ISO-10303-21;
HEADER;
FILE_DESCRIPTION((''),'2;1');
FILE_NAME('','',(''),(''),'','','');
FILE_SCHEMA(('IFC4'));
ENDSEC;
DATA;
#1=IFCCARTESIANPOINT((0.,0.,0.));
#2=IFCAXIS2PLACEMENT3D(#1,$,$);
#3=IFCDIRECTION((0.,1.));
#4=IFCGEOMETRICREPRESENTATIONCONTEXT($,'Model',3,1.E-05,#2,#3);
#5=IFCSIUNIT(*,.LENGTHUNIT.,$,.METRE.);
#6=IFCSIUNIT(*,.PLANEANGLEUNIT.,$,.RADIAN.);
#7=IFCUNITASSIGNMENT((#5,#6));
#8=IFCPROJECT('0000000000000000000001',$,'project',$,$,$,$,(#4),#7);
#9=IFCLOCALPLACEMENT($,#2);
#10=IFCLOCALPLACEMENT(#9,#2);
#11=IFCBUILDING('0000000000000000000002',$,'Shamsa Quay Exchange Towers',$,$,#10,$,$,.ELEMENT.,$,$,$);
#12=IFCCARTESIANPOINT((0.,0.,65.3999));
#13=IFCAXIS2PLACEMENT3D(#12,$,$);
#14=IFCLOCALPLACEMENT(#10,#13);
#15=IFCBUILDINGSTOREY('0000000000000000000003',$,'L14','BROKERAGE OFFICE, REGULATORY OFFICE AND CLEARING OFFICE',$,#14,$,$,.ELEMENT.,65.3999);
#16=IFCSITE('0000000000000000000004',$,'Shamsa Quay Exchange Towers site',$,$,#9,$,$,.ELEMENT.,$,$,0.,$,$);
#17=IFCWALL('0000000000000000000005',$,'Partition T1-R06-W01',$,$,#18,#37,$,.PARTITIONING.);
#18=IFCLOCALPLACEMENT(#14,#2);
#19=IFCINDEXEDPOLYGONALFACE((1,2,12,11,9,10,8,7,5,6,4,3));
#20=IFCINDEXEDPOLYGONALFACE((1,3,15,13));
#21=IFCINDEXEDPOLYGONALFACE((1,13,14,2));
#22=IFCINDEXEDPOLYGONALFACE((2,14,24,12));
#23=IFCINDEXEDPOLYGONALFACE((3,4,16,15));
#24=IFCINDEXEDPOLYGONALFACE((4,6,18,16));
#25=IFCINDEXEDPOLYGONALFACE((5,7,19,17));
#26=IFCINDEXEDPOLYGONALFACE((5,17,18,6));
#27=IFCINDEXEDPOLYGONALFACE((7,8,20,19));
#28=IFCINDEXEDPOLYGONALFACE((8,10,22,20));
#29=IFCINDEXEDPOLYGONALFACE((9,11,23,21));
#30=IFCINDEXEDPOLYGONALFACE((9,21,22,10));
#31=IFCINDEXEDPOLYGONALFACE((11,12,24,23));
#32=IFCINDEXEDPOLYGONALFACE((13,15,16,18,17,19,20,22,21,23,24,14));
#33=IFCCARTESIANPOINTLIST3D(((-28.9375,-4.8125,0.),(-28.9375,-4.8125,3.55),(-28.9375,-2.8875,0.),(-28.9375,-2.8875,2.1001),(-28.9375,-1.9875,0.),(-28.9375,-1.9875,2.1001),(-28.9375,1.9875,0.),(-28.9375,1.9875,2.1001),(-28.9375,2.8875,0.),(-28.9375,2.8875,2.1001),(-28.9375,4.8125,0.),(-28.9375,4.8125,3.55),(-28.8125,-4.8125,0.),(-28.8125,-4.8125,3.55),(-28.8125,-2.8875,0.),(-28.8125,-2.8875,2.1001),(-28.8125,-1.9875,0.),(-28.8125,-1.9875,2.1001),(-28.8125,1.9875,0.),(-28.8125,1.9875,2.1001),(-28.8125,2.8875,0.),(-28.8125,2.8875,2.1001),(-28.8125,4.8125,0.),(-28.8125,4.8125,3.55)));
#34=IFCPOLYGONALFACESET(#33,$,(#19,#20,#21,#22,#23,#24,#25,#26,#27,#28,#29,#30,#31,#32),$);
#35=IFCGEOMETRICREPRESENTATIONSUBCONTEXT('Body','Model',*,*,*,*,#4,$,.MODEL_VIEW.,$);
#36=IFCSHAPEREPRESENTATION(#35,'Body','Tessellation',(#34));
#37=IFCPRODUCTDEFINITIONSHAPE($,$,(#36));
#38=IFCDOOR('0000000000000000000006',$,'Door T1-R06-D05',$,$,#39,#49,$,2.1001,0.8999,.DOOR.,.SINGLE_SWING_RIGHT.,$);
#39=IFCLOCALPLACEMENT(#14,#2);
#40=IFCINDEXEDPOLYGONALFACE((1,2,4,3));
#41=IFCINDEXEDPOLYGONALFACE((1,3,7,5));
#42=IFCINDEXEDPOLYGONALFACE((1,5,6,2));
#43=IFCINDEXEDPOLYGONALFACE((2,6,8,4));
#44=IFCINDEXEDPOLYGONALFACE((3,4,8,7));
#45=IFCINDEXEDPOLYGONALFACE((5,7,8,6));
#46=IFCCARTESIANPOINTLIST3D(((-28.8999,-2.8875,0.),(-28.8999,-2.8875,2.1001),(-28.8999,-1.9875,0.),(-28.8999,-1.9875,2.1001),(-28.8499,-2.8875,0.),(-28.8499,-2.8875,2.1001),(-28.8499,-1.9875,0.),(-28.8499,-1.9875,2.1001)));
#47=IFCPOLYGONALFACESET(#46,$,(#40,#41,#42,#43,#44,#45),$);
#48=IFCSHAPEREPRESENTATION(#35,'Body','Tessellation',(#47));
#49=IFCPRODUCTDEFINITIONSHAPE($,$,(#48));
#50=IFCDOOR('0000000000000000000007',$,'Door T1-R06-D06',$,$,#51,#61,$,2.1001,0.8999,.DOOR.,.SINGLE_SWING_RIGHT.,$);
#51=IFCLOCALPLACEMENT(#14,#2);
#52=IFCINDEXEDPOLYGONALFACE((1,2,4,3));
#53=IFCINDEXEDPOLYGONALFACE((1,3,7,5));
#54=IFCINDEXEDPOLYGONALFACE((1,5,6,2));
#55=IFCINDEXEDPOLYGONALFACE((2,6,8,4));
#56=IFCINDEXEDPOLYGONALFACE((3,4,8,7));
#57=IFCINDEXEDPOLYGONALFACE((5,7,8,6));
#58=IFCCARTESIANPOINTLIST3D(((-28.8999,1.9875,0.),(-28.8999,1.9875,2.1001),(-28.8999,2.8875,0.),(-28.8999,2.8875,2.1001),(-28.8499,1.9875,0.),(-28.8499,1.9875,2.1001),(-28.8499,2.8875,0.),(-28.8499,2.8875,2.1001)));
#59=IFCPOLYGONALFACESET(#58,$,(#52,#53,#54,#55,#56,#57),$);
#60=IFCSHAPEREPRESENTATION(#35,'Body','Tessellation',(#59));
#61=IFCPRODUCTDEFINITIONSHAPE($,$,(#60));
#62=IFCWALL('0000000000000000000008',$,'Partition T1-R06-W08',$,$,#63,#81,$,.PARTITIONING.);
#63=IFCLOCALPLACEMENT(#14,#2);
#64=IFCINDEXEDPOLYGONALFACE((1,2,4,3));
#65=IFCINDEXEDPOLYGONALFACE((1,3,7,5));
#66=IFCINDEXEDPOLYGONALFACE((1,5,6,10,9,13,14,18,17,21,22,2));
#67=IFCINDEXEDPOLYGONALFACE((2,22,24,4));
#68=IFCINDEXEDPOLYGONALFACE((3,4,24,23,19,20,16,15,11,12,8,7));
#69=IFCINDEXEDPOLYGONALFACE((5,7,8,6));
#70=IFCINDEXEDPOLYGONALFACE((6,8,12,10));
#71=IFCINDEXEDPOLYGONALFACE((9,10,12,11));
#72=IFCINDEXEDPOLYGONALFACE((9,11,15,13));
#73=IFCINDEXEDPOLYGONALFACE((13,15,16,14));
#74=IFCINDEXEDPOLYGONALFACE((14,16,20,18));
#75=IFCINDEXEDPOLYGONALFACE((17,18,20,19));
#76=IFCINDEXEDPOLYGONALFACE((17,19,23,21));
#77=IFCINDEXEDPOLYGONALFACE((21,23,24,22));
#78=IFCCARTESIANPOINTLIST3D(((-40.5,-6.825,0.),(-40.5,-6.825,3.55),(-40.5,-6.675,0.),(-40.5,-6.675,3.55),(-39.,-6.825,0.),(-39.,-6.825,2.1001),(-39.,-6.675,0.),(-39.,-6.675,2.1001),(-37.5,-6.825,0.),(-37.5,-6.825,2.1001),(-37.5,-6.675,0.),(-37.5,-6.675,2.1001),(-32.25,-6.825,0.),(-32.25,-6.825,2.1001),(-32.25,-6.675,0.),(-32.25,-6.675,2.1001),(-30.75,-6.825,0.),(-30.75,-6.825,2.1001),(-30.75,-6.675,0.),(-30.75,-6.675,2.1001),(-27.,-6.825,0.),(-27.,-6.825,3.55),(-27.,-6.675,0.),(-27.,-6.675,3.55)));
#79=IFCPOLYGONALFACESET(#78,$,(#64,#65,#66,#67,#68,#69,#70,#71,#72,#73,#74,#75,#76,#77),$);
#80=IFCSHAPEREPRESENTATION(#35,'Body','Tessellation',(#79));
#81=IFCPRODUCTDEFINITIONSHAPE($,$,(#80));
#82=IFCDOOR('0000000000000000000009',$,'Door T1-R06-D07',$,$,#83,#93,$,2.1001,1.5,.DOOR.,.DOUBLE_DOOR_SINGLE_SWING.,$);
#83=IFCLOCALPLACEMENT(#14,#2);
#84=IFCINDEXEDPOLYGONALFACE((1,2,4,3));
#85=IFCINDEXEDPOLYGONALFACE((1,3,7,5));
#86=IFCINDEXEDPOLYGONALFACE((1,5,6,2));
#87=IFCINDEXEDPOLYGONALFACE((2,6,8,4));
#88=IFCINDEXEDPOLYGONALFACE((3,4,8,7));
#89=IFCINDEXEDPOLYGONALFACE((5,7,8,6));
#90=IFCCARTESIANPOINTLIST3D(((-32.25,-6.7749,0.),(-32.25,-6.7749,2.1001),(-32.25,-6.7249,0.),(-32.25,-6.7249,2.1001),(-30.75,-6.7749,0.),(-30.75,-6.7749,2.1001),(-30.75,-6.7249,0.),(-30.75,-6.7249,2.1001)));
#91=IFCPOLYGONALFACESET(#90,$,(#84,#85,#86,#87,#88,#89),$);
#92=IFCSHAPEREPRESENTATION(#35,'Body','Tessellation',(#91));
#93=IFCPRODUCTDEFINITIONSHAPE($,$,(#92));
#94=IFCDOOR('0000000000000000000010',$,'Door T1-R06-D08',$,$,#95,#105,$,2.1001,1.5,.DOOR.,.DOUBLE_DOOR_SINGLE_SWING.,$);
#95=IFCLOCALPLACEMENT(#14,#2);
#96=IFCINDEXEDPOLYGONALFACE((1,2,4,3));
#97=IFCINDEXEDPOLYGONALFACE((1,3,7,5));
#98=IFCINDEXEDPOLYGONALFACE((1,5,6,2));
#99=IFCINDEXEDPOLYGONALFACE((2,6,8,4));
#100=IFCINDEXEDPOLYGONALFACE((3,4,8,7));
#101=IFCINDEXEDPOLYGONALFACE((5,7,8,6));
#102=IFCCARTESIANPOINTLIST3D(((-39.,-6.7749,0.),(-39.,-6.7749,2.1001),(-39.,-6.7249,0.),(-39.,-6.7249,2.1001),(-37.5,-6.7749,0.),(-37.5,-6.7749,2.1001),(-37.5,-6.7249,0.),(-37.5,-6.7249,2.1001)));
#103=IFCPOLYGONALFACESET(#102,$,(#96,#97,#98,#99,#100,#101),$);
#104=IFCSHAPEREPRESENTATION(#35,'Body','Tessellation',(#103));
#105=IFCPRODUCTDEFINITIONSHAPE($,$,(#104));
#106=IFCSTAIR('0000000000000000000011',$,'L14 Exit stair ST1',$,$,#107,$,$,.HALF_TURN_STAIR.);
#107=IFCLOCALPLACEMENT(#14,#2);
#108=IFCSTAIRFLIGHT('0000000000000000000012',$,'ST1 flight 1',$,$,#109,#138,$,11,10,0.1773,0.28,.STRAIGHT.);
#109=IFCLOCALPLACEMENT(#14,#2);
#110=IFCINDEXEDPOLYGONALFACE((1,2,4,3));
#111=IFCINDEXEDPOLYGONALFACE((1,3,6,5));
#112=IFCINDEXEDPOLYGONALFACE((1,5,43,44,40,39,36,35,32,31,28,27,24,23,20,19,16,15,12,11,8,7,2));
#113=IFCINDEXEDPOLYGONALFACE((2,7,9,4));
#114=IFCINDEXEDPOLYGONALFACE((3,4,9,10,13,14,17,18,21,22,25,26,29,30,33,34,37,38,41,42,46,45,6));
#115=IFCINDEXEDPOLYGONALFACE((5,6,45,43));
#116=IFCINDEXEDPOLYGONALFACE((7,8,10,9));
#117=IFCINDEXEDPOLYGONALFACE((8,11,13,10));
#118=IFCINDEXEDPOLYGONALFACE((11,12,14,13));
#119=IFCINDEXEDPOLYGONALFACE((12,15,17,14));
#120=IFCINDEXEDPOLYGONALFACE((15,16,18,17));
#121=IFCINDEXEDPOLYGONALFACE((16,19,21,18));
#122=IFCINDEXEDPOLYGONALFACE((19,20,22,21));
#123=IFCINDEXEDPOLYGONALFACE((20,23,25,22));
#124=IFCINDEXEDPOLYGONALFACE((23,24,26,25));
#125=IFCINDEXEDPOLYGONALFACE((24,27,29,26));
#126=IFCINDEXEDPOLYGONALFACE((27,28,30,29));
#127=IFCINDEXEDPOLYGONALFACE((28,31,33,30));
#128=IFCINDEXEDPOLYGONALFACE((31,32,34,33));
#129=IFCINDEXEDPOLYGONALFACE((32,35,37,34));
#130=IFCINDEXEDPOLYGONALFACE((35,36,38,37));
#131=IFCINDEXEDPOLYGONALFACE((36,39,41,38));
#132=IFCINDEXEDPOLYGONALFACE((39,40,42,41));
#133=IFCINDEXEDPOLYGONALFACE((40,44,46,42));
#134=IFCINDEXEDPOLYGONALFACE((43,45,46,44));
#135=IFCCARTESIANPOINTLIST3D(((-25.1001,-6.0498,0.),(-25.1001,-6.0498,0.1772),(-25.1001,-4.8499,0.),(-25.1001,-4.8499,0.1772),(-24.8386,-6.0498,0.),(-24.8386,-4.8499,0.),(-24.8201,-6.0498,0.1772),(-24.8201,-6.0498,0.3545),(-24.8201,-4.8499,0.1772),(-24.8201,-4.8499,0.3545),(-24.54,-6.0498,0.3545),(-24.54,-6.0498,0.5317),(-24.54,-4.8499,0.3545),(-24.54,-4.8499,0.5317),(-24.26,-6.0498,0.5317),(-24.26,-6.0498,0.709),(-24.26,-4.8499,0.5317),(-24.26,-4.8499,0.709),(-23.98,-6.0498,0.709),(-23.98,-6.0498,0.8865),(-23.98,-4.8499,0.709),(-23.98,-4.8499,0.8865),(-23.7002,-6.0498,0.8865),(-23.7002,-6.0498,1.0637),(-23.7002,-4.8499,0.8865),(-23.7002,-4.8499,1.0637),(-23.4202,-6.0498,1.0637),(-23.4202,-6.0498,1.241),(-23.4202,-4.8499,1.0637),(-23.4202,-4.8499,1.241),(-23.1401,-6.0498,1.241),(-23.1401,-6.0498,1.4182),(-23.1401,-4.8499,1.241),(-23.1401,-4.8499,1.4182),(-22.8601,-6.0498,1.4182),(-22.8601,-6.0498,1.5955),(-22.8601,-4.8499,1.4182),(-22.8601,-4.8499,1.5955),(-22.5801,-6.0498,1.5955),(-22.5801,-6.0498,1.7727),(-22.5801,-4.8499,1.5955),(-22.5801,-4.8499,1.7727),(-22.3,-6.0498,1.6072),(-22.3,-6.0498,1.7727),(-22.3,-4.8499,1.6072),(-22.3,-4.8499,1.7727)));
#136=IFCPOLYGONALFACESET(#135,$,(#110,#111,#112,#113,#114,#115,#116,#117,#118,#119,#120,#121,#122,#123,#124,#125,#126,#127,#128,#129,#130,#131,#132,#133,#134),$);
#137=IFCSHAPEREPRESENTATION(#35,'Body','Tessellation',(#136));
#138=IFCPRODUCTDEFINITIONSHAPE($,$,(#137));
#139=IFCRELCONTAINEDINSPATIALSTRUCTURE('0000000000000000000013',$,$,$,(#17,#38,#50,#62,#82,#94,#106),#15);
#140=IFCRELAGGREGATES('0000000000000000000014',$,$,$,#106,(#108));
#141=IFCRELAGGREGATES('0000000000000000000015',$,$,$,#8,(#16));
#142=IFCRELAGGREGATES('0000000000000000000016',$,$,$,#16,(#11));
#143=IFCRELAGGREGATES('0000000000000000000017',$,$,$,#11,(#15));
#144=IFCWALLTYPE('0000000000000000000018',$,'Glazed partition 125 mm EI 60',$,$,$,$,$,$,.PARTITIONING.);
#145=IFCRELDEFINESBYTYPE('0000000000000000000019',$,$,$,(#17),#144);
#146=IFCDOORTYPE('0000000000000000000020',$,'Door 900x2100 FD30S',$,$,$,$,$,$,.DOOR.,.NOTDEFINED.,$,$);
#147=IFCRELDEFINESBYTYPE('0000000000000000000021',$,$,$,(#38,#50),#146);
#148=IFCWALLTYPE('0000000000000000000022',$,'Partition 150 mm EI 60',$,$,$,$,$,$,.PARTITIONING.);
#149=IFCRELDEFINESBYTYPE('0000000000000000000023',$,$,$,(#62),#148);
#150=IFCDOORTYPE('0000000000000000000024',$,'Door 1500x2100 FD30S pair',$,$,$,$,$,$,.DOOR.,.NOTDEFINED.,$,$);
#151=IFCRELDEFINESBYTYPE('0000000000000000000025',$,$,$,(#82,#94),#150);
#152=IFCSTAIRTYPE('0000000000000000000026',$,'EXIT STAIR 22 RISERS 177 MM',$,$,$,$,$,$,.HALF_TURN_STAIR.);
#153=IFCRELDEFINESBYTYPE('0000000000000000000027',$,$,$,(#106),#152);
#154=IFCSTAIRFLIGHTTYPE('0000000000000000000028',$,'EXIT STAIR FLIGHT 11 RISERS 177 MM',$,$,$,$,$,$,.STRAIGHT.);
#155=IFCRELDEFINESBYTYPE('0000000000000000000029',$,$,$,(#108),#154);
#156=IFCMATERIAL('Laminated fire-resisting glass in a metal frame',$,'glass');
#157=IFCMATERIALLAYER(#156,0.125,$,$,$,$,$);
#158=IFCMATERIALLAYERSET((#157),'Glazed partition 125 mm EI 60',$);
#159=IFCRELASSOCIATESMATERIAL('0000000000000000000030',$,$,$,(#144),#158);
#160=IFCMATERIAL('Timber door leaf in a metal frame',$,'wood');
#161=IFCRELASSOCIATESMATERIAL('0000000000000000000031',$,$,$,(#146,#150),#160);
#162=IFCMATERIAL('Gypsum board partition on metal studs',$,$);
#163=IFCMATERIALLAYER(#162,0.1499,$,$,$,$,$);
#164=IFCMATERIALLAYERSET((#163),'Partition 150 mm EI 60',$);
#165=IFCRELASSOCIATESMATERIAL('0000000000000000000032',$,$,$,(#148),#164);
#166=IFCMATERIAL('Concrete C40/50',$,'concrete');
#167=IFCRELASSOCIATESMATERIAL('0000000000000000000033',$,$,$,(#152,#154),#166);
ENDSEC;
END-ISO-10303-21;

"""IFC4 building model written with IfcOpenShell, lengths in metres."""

from ifc_helpers import new_model, si_unit, direction, frame, frame_2d, origin, place, context, subcontext, project, spatial, polyline, rectangle, outline, extrude, material, layer, layer_set, type_object, element, fill, aggregate, save


model = new_model("IFC4")

# Units and contexts
model_context = context("Model", 3, precision=1e-05, world=origin(), true_north=direction((0.0, 1.0)))
body_context = subcontext(model_context, "Body", "Model", "MODEL_VIEW")
ifc_project = project(units=[si_unit("LENGTHUNIT", "METRE"), si_unit("PLANEANGLEUNIT", "RADIAN")], contexts=[model_context])

# Site, building, storey
site_placement = place(None, origin())
site = spatial("IfcSite", under=ifc_project, at=site_placement, Name="Shamsa Quay Exchange Towers site", CompositionType="ELEMENT", RefElevation=0.0)
building_placement = place(site_placement, origin())
building = spatial("IfcBuilding", under=site, at=building_placement, Name="Shamsa Quay Exchange Towers", CompositionType="ELEMENT")
storey_placement = place(building_placement, frame((0.0, 0.0, 65.3999)))
storey = spatial("IfcBuildingStorey", under=building, at=storey_placement, Name="L14", Description="BROKERAGE OFFICE, REGULATORY OFFICE AND CLEARING OFFICE", CompositionType="ELEMENT", Elevation=65.3999)

# Walls, openings, doors
ifc_material_1 = material(Name="Laminated fire-resisting glass in a metal frame", Category="glass")
ifc_layer_1 = layer(ifc_material_1, 0.125)
ifc_layer_set_1 = layer_set([ifc_layer_1], Name="Glazed partition 125 mm EI 60")
wall_type_1 = type_object("IfcWallType", Name="Glazed partition 125 mm EI 60", PredefinedType="PARTITIONING", material=ifc_layer_set_1)
wall_1_placement = place(storey_placement, frame((-28.875, -4.8125, 0.0), z_axis=(0.0, 0.0, 1.0), x_axis=(0.0, 1.0, 0.0)))
wall_1 = element("IfcWall", 1, at=wall_1_placement, inside=storey, type_object=wall_type_1, Name="Partition T1-R06-W01", PredefinedType="PARTITIONING", context=body_context, shape_type="SweptSolid", body=[
    extrude(rectangle(XDim=9.625, YDim=0.125, at=frame_2d((4.8125, 0.0))), origin(), (0.0, 0.0, 1.0), 3.55),
])
opening_1_placement = place(wall_1_placement, frame((1.925, 0.0, 0.0)))
opening_1 = element("IfcOpeningElement", 2, at=opening_1_placement, cuts=wall_1, PredefinedType="OPENING", context=body_context, shape_type="SweptSolid", body=[
    extrude(rectangle(XDim=0.8999, YDim=2.1001, at=frame_2d((0.45, 1.05))), frame((0.0, 0.0725, 0.0), z_axis=(0.0, -1.0, 0.0), x_axis=(1.0, 0.0, 0.0)), (0.0, 0.0, 1.0), 0.145),
])
opening_2_placement = place(wall_1_placement, frame((6.8, 0.0, 0.0)))
opening_2 = element("IfcOpeningElement", 3, at=opening_2_placement, cuts=wall_1, PredefinedType="OPENING", context=body_context, shape_type="SweptSolid", body=[
    extrude(rectangle(XDim=0.8999, YDim=2.1001, at=frame_2d((0.45, 1.05))), frame((0.0, 0.0725, 0.0), z_axis=(0.0, -1.0, 0.0), x_axis=(1.0, 0.0, 0.0)), (0.0, 0.0, 1.0), 0.145),
])
ifc_material_2 = material(Name="Timber door leaf in a metal frame", Category="wood")
door_type_1 = type_object("IfcDoorType", Name="Door 900x2100 FD30S", OperationType="NOTDEFINED", PredefinedType="DOOR", material=ifc_material_2)
door_1_placement = place(opening_1_placement, origin())
door_1 = element("IfcDoor", 4, at=door_1_placement, inside=storey, type_object=door_type_1, Name="Door T1-R06-D05", OperationType="SINGLE_SWING_RIGHT", OverallHeight=2.1001, OverallWidth=0.8999, PredefinedType="DOOR", context=body_context, shape_type="SweptSolid", body=[
    extrude(rectangle(XDim=0.8999, YDim=2.1001, at=frame_2d((0.45, 1.05))), frame((0.0, 0.0249, 0.0), z_axis=(0.0, -1.0, 0.0), x_axis=(1.0, 0.0, 0.0)), (0.0, 0.0, 1.0), 0.05),
])
fill(opening_1, door_1)
door_2_placement = place(opening_2_placement, origin())
door_2 = element("IfcDoor", 5, at=door_2_placement, inside=storey, type_object=door_type_1, Name="Door T1-R06-D06", OperationType="SINGLE_SWING_RIGHT", OverallHeight=2.1001, OverallWidth=0.8999, PredefinedType="DOOR", context=body_context, shape_type="SweptSolid", body=[
    extrude(rectangle(XDim=0.8999, YDim=2.1001, at=frame_2d((0.45, 1.05))), frame((0.0, 0.0249, 0.0), z_axis=(0.0, -1.0, 0.0), x_axis=(1.0, 0.0, 0.0)), (0.0, 0.0, 1.0), 0.05),
])
fill(opening_2, door_2)
ifc_material_3 = material(Name="Gypsum board partition on metal studs")
ifc_layer_2 = layer(ifc_material_3, 0.1499)
ifc_layer_set_2 = layer_set([ifc_layer_2], Name="Partition 150 mm EI 60")
wall_type_2 = type_object("IfcWallType", Name="Partition 150 mm EI 60", PredefinedType="PARTITIONING", material=ifc_layer_set_2)
wall_2_placement = place(storey_placement, frame((-27.0, -6.75, 0.0), z_axis=(0.0, 0.0, 1.0), x_axis=(-1.0, 0.0, 0.0)))
wall_2 = element("IfcWall", 6, at=wall_2_placement, inside=storey, type_object=wall_type_2, Name="Partition T1-R06-W08", PredefinedType="PARTITIONING", context=body_context, shape_type="SweptSolid", body=[
    extrude(rectangle(XDim=13.5, YDim=0.1499, at=frame_2d((6.75, 0.0))), origin(), (0.0, 0.0, 1.0), 3.55),
])
opening_3_placement = place(wall_2_placement, frame((3.75, 0.0, 0.0)))
opening_3 = element("IfcOpeningElement", 7, at=opening_3_placement, cuts=wall_2, PredefinedType="OPENING", context=body_context, shape_type="SweptSolid", body=[
    extrude(rectangle(XDim=1.5, YDim=2.1001, at=frame_2d((0.75, 1.05))), frame((0.0, 0.085, 0.0), z_axis=(0.0, -1.0, 0.0), x_axis=(1.0, 0.0, 0.0)), (0.0, 0.0, 1.0), 0.1699),
])
opening_4_placement = place(wall_2_placement, frame((10.5, 0.0, 0.0)))
opening_4 = element("IfcOpeningElement", 8, at=opening_4_placement, cuts=wall_2, PredefinedType="OPENING", context=body_context, shape_type="SweptSolid", body=[
    extrude(rectangle(XDim=1.5, YDim=2.1001, at=frame_2d((0.75, 1.05))), frame((0.0, 0.085, 0.0), z_axis=(0.0, -1.0, 0.0), x_axis=(1.0, 0.0, 0.0)), (0.0, 0.0, 1.0), 0.1699),
])
door_type_2 = type_object("IfcDoorType", Name="Door 1500x2100 FD30S pair", OperationType="NOTDEFINED", PredefinedType="DOOR", material=ifc_material_2)
door_3_placement = place(opening_3_placement, origin())
door_3 = element("IfcDoor", 9, at=door_3_placement, inside=storey, type_object=door_type_2, Name="Door T1-R06-D07", OperationType="DOUBLE_DOOR_SINGLE_SWING", OverallHeight=2.1001, OverallWidth=1.5, PredefinedType="DOOR", context=body_context, shape_type="SweptSolid", body=[
    extrude(rectangle(XDim=1.5, YDim=2.1001, at=frame_2d((0.75, 1.05))), frame((0.0, 0.0249, 0.0), z_axis=(0.0, -1.0, 0.0), x_axis=(1.0, 0.0, 0.0)), (0.0, 0.0, 1.0), 0.05),
])
fill(opening_3, door_3)
door_4_placement = place(opening_4_placement, origin())
door_4 = element("IfcDoor", 10, at=door_4_placement, inside=storey, type_object=door_type_2, Name="Door T1-R06-D08", OperationType="DOUBLE_DOOR_SINGLE_SWING", OverallHeight=2.1001, OverallWidth=1.5, PredefinedType="DOOR", context=body_context, shape_type="SweptSolid", body=[
    extrude(rectangle(XDim=1.5, YDim=2.1001, at=frame_2d((0.75, 1.05))), frame((0.0, 0.0249, 0.0), z_axis=(0.0, -1.0, 0.0), x_axis=(1.0, 0.0, 0.0)), (0.0, 0.0, 1.0), 0.05),
])
fill(opening_4, door_4)

# Stair, stair flight
ifc_material_4 = material(Name="Concrete C40/50", Category="concrete")
stair_type = type_object("IfcStairType", Name="EXIT STAIR 22 RISERS 177 MM", PredefinedType="HALF_TURN_STAIR", material=ifc_material_4)
stair_placement = place(storey_placement, origin())
stair = element("IfcStair", 11, at=stair_placement, inside=storey, type_object=stair_type, Name="L14 Exit stair ST1", PredefinedType="HALF_TURN_STAIR")
stair_flight_type = type_object("IfcStairFlightType", Name="EXIT STAIR FLIGHT 11 RISERS 177 MM", PredefinedType="STRAIGHT", material=ifc_material_4)
stair_flight_placement = place(storey_placement, frame((-25.1001, -5.45, 0.0)))
stair_flight = element("IfcStairFlight", 12, at=stair_flight_placement, type_object=stair_flight_type, Name="ST1 flight 1", NumberOfRisers=11, NumberOfTreads=10, PredefinedType="STRAIGHT", RiserHeight=0.1773, TreadLength=0.28, context=body_context, shape_type="SweptSolid", body=[
    extrude(outline(polyline([(0.0, 0.0), (0.0, 0.1772), (0.28, 0.1772), (0.28, 0.3545), (0.5601, 0.3545), (0.5601, 0.5317), (0.8401, 0.5317), (0.8401, 0.709), (1.1201, 0.709), (1.1201, 0.8865), (1.3999, 0.8865), (1.3999, 1.0637), (1.6799, 1.0637), (1.6799, 1.241), (1.96, 1.241), (1.96, 1.4182), (2.24, 1.4182), (2.24, 1.5955), (2.52, 1.5955), (2.52, 1.7727), (2.8, 1.7727), (2.8, 1.95), (2.8, 1.6072), (0.2615, 0.0), (0.0, 0.0)])), frame((0.0, 0.6001, 0.0), z_axis=(0.0, -1.0, 0.0), x_axis=(1.0, 0.0, 0.0)), (0.0, 0.0, 1.0), 1.2),
])
aggregate(stair, [stair_flight])

save(model, "model.ifc")
